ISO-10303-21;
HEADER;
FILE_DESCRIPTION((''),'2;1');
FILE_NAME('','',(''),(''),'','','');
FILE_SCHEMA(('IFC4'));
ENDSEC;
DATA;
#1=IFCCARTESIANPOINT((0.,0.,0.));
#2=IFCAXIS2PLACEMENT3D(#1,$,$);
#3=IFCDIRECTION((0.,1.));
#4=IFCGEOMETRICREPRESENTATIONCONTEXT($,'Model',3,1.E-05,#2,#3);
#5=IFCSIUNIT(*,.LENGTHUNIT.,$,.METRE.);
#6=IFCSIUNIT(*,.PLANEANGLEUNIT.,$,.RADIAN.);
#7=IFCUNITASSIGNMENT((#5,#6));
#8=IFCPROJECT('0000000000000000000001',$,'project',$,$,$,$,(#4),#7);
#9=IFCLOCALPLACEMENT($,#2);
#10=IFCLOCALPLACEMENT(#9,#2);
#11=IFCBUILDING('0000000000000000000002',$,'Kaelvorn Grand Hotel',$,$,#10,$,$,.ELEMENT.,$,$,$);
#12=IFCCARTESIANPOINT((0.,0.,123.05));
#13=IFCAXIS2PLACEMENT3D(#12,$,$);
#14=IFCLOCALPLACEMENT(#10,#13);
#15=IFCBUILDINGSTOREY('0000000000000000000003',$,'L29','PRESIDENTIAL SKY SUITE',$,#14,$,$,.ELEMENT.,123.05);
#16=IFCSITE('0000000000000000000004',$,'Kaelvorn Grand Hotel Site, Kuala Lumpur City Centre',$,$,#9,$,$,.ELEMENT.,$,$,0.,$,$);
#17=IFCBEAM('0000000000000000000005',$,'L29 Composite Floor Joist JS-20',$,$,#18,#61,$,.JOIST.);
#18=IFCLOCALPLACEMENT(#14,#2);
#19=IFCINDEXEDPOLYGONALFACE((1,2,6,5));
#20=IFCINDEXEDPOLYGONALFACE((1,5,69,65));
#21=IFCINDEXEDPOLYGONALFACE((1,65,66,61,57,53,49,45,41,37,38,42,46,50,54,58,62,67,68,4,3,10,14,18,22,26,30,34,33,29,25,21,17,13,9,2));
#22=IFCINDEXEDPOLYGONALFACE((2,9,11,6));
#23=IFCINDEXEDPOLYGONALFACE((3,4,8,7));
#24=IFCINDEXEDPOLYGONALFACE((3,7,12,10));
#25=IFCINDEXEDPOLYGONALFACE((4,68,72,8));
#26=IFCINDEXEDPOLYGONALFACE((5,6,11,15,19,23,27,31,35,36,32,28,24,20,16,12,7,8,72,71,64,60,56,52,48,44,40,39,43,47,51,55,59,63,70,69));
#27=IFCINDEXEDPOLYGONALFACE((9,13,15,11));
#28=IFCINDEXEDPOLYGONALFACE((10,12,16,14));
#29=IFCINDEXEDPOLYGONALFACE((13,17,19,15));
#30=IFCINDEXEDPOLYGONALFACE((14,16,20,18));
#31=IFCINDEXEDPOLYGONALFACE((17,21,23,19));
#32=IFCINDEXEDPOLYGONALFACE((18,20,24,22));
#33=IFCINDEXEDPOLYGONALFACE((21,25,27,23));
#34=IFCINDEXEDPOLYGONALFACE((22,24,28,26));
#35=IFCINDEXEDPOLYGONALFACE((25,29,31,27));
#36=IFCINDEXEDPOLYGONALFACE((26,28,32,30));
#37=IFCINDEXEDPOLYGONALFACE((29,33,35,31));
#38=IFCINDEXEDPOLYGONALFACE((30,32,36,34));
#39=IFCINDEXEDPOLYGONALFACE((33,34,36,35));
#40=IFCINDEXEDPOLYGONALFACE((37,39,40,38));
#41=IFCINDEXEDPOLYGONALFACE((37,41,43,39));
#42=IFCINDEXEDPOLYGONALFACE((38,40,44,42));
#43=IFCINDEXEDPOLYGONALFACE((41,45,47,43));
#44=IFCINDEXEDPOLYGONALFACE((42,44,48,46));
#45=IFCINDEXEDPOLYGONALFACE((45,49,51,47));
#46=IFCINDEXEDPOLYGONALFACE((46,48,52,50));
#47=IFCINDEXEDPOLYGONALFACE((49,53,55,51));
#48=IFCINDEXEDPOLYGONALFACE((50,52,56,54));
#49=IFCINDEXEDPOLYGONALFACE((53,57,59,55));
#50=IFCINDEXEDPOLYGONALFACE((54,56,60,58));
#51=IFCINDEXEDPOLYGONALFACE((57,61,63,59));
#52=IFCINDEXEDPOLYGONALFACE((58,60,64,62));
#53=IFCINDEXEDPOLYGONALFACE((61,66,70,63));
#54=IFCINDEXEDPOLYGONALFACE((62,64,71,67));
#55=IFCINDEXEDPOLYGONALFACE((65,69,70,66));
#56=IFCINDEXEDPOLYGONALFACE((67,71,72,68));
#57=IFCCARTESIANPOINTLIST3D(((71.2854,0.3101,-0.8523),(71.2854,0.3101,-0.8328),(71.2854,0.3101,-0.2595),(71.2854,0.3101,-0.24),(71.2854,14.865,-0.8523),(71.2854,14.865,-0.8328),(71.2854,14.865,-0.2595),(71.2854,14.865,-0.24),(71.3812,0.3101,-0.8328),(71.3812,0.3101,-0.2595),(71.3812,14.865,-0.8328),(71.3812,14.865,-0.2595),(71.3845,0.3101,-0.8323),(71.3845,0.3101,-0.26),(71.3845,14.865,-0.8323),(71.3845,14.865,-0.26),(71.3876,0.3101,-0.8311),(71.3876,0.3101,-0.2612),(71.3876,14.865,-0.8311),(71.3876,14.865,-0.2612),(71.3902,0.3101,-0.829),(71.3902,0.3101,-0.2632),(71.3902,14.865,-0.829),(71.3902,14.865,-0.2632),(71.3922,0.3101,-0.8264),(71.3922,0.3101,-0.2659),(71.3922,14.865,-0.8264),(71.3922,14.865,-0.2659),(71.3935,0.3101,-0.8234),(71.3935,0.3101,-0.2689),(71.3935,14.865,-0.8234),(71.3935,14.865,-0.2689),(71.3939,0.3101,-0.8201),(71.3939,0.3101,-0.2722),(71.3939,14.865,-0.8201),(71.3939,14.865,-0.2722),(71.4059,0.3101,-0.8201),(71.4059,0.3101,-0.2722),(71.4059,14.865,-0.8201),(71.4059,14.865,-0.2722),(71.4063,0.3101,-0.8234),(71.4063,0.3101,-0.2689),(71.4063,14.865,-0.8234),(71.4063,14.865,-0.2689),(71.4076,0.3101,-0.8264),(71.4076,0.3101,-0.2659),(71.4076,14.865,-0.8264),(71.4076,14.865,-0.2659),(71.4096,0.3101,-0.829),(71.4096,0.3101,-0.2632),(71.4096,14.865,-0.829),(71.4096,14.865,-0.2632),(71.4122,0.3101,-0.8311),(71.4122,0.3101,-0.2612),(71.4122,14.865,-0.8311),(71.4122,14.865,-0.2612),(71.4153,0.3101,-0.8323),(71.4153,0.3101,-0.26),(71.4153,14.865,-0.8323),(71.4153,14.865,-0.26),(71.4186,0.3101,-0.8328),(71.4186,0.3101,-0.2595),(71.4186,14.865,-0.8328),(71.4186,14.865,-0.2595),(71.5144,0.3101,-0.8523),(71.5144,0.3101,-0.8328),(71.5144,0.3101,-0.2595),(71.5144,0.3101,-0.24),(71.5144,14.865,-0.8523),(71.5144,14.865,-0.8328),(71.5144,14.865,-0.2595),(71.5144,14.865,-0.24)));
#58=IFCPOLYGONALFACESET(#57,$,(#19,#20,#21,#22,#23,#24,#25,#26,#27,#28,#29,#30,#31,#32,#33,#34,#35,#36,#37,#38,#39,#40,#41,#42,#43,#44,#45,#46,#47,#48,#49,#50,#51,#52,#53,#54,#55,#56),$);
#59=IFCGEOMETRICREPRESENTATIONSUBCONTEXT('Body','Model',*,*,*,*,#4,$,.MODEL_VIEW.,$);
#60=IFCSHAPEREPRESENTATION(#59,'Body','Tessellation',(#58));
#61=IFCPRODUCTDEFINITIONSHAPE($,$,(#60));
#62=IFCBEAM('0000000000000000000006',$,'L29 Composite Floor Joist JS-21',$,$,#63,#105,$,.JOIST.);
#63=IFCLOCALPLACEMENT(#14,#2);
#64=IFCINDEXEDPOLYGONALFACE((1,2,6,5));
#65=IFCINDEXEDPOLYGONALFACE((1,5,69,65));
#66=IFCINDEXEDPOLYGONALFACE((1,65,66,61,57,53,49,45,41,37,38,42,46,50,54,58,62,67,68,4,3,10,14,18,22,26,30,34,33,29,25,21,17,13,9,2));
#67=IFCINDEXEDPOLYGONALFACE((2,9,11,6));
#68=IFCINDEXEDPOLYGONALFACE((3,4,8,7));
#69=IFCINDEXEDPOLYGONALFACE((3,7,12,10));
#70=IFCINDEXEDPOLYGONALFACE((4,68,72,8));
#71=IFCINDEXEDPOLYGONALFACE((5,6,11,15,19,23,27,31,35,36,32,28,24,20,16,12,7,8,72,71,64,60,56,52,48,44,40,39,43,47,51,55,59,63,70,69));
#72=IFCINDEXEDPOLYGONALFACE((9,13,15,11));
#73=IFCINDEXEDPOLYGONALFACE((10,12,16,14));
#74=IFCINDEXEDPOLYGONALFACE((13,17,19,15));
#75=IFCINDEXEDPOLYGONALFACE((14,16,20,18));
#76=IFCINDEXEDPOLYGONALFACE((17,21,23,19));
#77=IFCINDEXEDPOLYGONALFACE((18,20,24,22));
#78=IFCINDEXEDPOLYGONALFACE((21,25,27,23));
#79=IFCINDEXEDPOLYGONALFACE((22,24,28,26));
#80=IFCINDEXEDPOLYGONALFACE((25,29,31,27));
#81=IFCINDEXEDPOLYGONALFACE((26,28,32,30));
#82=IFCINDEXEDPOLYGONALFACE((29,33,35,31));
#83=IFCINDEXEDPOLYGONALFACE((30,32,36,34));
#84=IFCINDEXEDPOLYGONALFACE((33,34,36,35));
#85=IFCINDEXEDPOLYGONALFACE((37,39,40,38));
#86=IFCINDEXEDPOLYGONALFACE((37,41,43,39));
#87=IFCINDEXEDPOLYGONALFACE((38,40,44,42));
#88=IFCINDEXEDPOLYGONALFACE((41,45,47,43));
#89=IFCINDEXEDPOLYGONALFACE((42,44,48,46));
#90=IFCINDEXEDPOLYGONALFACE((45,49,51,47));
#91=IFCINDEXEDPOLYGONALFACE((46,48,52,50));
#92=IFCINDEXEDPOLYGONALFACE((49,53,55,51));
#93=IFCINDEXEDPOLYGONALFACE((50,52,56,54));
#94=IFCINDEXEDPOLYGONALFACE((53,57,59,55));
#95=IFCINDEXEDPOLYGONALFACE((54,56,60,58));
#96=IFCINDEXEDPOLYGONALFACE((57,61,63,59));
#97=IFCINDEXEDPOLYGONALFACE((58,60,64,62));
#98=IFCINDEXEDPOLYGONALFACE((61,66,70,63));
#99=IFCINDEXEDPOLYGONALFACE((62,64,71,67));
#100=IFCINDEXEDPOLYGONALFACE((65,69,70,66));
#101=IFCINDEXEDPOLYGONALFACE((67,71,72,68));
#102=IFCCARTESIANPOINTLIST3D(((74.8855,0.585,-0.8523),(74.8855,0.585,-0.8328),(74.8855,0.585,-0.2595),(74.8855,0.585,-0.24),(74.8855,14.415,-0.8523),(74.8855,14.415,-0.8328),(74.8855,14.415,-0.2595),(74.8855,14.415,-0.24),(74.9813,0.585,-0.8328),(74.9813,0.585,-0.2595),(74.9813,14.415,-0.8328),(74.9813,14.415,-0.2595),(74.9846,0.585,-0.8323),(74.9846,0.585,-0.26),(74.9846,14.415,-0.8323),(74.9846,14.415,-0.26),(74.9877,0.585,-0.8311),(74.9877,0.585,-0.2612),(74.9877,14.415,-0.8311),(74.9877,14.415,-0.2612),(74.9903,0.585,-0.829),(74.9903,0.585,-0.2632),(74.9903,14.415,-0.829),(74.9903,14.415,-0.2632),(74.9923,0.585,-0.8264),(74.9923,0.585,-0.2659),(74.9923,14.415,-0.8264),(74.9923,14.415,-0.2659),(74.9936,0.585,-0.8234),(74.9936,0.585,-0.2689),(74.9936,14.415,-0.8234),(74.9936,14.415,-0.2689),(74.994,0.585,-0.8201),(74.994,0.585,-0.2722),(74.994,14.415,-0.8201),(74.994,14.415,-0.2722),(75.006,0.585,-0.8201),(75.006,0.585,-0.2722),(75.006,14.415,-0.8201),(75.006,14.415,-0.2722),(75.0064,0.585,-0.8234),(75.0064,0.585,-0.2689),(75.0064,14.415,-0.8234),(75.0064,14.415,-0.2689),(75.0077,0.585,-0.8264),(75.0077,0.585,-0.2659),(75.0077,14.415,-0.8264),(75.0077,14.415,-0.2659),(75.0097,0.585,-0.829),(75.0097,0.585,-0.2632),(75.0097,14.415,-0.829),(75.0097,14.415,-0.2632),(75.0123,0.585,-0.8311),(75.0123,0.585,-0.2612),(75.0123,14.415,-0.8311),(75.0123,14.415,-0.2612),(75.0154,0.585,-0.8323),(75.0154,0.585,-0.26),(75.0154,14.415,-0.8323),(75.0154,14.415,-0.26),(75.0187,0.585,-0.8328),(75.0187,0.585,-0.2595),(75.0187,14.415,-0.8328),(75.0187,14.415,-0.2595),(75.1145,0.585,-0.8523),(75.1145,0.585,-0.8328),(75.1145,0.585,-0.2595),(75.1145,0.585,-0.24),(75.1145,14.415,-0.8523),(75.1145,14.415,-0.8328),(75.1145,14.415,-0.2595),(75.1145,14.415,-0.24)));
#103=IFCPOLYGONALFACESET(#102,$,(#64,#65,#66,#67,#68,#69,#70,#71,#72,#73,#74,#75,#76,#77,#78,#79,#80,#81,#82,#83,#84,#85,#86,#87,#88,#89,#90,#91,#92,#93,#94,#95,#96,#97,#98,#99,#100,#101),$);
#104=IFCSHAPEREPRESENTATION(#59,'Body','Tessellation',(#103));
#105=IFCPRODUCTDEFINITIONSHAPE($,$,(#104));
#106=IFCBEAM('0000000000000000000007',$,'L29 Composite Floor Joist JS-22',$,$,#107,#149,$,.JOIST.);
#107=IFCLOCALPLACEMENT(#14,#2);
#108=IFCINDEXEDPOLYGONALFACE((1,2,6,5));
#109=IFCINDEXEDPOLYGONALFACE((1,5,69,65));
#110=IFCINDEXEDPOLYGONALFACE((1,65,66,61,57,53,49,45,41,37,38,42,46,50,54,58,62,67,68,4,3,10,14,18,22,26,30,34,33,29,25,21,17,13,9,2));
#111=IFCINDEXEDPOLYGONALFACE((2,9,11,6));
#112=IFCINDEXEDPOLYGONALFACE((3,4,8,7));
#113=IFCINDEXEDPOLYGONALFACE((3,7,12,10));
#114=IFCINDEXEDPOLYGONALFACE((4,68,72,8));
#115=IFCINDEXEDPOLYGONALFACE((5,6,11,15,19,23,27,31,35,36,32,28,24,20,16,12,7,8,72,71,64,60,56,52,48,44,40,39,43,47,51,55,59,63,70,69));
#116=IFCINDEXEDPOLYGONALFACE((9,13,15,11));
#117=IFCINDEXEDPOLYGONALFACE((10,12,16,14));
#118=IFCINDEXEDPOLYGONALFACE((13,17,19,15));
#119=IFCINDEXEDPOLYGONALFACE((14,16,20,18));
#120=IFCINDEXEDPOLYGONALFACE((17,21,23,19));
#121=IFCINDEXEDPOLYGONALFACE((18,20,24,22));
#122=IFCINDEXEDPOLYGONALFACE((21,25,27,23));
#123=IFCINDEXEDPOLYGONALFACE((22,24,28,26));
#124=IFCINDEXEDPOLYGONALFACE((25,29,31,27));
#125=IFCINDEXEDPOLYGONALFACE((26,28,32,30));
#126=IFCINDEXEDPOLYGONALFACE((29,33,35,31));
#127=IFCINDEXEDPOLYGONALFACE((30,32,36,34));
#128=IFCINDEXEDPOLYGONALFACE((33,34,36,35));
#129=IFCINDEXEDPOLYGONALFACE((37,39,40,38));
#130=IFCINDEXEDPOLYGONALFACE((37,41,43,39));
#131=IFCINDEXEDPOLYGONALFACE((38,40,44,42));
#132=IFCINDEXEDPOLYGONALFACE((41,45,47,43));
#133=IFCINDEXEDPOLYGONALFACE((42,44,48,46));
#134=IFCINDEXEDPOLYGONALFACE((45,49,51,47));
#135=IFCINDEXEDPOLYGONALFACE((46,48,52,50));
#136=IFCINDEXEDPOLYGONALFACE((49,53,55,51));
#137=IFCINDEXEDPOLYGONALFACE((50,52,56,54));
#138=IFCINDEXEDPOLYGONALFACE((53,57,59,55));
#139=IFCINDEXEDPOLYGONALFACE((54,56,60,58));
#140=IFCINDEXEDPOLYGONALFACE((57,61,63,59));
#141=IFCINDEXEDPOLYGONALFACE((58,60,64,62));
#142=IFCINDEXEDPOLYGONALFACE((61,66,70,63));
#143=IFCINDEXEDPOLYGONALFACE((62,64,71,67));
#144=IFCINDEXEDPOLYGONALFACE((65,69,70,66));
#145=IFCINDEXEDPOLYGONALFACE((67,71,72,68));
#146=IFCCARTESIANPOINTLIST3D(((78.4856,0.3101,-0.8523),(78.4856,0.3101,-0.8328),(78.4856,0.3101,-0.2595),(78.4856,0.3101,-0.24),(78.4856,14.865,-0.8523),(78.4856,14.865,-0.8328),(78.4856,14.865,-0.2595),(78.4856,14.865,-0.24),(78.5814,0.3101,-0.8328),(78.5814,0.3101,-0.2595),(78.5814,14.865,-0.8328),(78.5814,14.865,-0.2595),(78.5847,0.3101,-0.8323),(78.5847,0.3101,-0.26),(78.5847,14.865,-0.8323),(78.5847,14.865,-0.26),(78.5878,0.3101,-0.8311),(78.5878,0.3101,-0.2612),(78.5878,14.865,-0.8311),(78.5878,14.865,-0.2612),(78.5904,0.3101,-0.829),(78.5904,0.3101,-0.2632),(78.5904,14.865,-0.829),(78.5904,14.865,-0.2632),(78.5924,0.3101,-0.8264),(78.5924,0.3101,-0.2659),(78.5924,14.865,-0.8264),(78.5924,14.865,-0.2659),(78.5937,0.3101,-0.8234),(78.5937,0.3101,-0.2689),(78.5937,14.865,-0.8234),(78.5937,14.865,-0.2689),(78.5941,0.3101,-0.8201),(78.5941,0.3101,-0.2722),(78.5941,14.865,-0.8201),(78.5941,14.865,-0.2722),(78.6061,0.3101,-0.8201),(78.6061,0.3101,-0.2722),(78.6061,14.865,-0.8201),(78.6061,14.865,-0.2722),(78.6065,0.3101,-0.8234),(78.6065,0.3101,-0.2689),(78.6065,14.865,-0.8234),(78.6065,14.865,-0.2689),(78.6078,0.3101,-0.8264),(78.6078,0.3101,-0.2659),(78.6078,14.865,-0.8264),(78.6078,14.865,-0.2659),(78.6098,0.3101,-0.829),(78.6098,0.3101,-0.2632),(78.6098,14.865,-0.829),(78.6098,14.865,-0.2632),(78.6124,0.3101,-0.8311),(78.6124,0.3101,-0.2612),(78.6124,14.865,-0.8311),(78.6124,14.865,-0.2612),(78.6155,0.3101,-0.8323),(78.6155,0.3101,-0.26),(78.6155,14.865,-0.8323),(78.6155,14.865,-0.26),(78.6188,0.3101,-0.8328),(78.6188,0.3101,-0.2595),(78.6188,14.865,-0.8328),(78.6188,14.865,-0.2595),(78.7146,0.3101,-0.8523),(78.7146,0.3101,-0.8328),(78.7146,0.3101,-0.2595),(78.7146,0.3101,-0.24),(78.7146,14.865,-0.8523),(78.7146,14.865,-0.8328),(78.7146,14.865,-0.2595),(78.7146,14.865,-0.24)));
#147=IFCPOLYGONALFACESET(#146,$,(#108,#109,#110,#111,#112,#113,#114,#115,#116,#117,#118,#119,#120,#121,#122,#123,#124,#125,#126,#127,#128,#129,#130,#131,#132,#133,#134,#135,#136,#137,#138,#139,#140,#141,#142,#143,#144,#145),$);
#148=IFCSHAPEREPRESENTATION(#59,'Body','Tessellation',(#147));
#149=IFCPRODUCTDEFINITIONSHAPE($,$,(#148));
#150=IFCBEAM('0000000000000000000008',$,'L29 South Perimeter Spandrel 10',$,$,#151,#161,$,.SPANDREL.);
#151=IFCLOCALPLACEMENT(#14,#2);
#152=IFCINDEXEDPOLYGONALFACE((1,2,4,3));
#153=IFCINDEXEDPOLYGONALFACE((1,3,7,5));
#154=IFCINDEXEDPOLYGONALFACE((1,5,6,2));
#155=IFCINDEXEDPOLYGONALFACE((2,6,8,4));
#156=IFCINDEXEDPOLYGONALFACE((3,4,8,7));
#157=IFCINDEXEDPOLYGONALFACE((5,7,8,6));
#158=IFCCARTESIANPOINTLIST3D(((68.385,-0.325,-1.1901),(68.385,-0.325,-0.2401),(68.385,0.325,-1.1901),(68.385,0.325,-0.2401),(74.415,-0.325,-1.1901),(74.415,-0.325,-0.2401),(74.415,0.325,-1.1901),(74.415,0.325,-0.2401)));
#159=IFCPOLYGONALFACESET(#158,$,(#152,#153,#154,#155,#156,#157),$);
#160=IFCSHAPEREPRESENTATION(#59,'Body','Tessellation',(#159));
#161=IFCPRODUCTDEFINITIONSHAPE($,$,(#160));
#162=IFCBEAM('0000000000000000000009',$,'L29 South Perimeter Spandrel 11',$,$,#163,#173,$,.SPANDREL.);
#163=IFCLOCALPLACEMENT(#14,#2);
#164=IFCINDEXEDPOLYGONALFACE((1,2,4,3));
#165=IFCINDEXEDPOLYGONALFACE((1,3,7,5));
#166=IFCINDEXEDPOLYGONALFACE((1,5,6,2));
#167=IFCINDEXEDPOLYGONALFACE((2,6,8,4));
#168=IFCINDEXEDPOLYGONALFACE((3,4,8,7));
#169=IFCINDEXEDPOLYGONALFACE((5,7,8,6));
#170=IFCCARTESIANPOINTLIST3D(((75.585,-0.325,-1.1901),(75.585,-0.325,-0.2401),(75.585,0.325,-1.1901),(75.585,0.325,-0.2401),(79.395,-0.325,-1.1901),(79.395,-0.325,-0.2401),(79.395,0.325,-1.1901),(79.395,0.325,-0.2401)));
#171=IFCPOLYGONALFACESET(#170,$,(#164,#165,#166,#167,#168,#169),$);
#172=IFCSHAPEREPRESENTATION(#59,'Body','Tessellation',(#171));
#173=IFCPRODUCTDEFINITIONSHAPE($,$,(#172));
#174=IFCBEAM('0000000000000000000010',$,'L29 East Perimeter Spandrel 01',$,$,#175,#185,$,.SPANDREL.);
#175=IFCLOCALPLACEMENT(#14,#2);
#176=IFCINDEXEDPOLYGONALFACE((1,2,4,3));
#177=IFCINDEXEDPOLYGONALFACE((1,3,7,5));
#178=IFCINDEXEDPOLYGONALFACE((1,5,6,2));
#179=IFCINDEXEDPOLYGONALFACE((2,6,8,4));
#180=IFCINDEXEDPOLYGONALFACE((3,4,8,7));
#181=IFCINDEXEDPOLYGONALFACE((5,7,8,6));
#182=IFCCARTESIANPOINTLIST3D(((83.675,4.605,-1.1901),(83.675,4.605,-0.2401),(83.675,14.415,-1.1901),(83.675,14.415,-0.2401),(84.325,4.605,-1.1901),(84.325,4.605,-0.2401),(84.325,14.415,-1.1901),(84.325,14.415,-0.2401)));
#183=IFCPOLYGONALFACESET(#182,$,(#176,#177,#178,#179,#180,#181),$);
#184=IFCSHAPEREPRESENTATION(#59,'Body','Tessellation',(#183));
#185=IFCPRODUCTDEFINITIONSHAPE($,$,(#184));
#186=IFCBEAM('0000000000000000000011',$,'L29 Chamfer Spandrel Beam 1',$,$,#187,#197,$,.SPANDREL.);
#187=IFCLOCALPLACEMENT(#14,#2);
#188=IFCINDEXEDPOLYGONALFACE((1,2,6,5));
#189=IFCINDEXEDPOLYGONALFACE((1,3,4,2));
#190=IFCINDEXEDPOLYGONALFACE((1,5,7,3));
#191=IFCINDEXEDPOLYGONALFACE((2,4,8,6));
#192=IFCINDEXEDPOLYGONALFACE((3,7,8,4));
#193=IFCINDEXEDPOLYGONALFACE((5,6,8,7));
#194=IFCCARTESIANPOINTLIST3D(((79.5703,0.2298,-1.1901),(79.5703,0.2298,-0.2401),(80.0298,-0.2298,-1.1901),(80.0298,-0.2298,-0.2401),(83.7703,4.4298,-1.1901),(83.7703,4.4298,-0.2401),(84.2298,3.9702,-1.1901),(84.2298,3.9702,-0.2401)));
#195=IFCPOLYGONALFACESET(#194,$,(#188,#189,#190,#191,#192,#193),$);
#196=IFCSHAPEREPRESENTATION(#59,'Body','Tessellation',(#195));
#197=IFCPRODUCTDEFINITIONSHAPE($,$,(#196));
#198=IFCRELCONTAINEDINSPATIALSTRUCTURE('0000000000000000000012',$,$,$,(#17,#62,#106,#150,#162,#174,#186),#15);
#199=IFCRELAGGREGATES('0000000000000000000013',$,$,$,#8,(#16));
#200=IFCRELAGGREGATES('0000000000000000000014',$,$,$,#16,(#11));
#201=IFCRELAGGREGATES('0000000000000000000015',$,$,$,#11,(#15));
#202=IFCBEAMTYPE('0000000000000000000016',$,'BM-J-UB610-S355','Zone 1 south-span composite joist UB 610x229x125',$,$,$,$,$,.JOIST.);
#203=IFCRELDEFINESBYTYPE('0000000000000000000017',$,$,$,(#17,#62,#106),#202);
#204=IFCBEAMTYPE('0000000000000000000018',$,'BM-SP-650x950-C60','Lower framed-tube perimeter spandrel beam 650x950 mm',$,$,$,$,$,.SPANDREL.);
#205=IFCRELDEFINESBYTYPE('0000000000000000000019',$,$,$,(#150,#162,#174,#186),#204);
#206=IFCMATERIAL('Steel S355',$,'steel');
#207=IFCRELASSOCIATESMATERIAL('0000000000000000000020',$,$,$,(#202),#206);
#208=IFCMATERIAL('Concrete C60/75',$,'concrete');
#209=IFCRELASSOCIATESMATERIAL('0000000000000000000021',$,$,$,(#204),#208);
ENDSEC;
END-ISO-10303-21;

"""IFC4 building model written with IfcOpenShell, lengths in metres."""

from ifc_helpers import new_model, si_unit, direction, frame, origin, origin_2d, place, context, subcontext, project, spatial, rectangle, i_section, extrude, material, material_profile, profile_set, type_object, element, save


model = new_model("IFC4")

# Units and contexts
model_context = context("Model", 3, precision=1e-05, world=origin(), true_north=direction((0.0, 1.0)))
body_context = subcontext(model_context, "Body", "Model", "MODEL_VIEW")
ifc_project = project(units=[si_unit("LENGTHUNIT", "METRE"), si_unit("PLANEANGLEUNIT", "RADIAN")], contexts=[model_context])

# Site, building, storey
site_placement = place(None, origin())
site = spatial("IfcSite", under=ifc_project, at=site_placement, Name="Kaelvorn Grand Hotel Site, Kuala Lumpur City Centre", CompositionType="ELEMENT", RefElevation=0.0)
building_placement = place(site_placement, origin())
building = spatial("IfcBuilding", under=site, at=building_placement, Name="Kaelvorn Grand Hotel", CompositionType="ELEMENT")
storey_placement = place(building_placement, frame((0.0, 0.0, 123.05)))
storey = spatial("IfcBuildingStorey", under=building, at=storey_placement, Name="L29", Description="PRESIDENTIAL SKY SUITE", CompositionType="ELEMENT", Elevation=123.05)

# Shared definitions
ifc_material_1 = material(Name="Concrete C60/75", Category="concrete")

# Beams
ifc_material_2 = material(Name="Steel S355", Category="steel")
ifc_material_profile_1 = material_profile(ifc_material_2, i_section(OverallWidth=0.229, OverallDepth=0.6123, WebThickness=0.012, FlangeThickness=0.0195, FilletRadius=0.0127, at=origin_2d()), Name="UB 610x229x125")
ifc_profile_set_1 = profile_set([ifc_material_profile_1], Name="Steel S355")
beam_type_1 = type_object("IfcBeamType", Name="BM-J-UB610-S355", Description="Zone 1 south-span composite joist UB 610x229x125", PredefinedType="JOIST", material=ifc_profile_set_1)
beam_1_placement = place(storey_placement, frame((71.3999, 0.3101, -0.5461), z_axis=(0.0, 1.0, 0.0), x_axis=(-1.0, 0.0, 0.0)))
element("IfcBeam", 1, at=beam_1_placement, inside=storey, type_object=beam_type_1, Name="L29 Composite Floor Joist JS-20", PredefinedType="JOIST", context=body_context, shape_type="SweptSolid", body=[
    extrude(i_section(OverallWidth=0.229, OverallDepth=0.6123, WebThickness=0.012, FlangeThickness=0.0195, FilletRadius=0.0127, at=origin_2d()), origin(), (0.0, 0.0, 1.0), 14.5549),
])
beam_2_placement = place(storey_placement, frame((75.0, 0.585, -0.5461), z_axis=(0.0, 1.0, 0.0), x_axis=(-1.0, 0.0, 0.0)))
element("IfcBeam", 2, at=beam_2_placement, inside=storey, type_object=beam_type_1, Name="L29 Composite Floor Joist JS-21", PredefinedType="JOIST", context=body_context, shape_type="SweptSolid", body=[
    extrude(i_section(OverallWidth=0.229, OverallDepth=0.6123, WebThickness=0.012, FlangeThickness=0.0195, FilletRadius=0.0127, at=origin_2d()), origin(), (0.0, 0.0, 1.0), 13.8301),
])
beam_3_placement = place(storey_placement, frame((78.6001, 0.3101, -0.5461), z_axis=(0.0, 1.0, 0.0), x_axis=(-1.0, 0.0, 0.0)))
element("IfcBeam", 3, at=beam_3_placement, inside=storey, type_object=beam_type_1, Name="L29 Composite Floor Joist JS-22", PredefinedType="JOIST", context=body_context, shape_type="SweptSolid", body=[
    extrude(i_section(OverallWidth=0.229, OverallDepth=0.6123, WebThickness=0.012, FlangeThickness=0.0195, FilletRadius=0.0127, at=origin_2d()), origin(), (0.0, 0.0, 1.0), 14.5549),
])
ifc_material_profile_2 = material_profile(ifc_material_1, rectangle(XDim=0.6499, YDim=0.95, at=origin_2d()), Name="RC SPANDREL 650x950")
ifc_profile_set_2 = profile_set([ifc_material_profile_2], Name="Concrete C60/75")
beam_type_2 = type_object("IfcBeamType", Name="BM-SP-650x950-C60", Description="Lower framed-tube perimeter spandrel beam 650x950 mm", PredefinedType="SPANDREL", material=ifc_profile_set_2)
beam_4_placement = place(storey_placement, frame((68.385, 0.0, -0.7151), z_axis=(1.0, 0.0, 0.0), x_axis=(0.0, 1.0, 0.0)))
element("IfcBeam", 4, at=beam_4_placement, inside=storey, type_object=beam_type_2, Name="L29 South Perimeter Spandrel 10", PredefinedType="SPANDREL", context=body_context, shape_type="SweptSolid", body=[
    extrude(rectangle(XDim=0.6499, YDim=0.95, at=origin_2d()), origin(), (0.0, 0.0, 1.0), 6.03),
])
beam_5_placement = place(storey_placement, frame((75.585, 0.0, -0.7151), z_axis=(1.0, 0.0, 0.0), x_axis=(0.0, 1.0, 0.0)))
element("IfcBeam", 5, at=beam_5_placement, inside=storey, type_object=beam_type_2, Name="L29 South Perimeter Spandrel 11", PredefinedType="SPANDREL", context=body_context, shape_type="SweptSolid", body=[
    extrude(rectangle(XDim=0.6499, YDim=0.95, at=origin_2d()), origin(), (0.0, 0.0, 1.0), 3.8101),
])
beam_6_placement = place(storey_placement, frame((84.0, 4.605, -0.7151), z_axis=(0.0, 1.0, 0.0), x_axis=(-1.0, 0.0, 0.0)))
element("IfcBeam", 6, at=beam_6_placement, inside=storey, type_object=beam_type_2, Name="L29 East Perimeter Spandrel 01", PredefinedType="SPANDREL", context=body_context, shape_type="SweptSolid", body=[
    extrude(rectangle(XDim=0.6499, YDim=0.95, at=origin_2d()), origin(), (0.0, 0.0, 1.0), 9.8101),
])
beam_7_placement = place(storey_placement, frame((79.8, 0.0, -0.7151), z_axis=(0.707107, 0.707107, 0.0), x_axis=(-0.707107, 0.707107, 0.0)))
element("IfcBeam", 7, at=beam_7_placement, inside=storey, type_object=beam_type_2, Name="L29 Chamfer Spandrel Beam 1", PredefinedType="SPANDREL", context=body_context, shape_type="SweptSolid", body=[
    extrude(rectangle(XDim=0.6499, YDim=0.95, at=origin_2d()), origin(), (0.0, 0.0, 1.0), 5.9397),
])

save(model, "model.ifc")
